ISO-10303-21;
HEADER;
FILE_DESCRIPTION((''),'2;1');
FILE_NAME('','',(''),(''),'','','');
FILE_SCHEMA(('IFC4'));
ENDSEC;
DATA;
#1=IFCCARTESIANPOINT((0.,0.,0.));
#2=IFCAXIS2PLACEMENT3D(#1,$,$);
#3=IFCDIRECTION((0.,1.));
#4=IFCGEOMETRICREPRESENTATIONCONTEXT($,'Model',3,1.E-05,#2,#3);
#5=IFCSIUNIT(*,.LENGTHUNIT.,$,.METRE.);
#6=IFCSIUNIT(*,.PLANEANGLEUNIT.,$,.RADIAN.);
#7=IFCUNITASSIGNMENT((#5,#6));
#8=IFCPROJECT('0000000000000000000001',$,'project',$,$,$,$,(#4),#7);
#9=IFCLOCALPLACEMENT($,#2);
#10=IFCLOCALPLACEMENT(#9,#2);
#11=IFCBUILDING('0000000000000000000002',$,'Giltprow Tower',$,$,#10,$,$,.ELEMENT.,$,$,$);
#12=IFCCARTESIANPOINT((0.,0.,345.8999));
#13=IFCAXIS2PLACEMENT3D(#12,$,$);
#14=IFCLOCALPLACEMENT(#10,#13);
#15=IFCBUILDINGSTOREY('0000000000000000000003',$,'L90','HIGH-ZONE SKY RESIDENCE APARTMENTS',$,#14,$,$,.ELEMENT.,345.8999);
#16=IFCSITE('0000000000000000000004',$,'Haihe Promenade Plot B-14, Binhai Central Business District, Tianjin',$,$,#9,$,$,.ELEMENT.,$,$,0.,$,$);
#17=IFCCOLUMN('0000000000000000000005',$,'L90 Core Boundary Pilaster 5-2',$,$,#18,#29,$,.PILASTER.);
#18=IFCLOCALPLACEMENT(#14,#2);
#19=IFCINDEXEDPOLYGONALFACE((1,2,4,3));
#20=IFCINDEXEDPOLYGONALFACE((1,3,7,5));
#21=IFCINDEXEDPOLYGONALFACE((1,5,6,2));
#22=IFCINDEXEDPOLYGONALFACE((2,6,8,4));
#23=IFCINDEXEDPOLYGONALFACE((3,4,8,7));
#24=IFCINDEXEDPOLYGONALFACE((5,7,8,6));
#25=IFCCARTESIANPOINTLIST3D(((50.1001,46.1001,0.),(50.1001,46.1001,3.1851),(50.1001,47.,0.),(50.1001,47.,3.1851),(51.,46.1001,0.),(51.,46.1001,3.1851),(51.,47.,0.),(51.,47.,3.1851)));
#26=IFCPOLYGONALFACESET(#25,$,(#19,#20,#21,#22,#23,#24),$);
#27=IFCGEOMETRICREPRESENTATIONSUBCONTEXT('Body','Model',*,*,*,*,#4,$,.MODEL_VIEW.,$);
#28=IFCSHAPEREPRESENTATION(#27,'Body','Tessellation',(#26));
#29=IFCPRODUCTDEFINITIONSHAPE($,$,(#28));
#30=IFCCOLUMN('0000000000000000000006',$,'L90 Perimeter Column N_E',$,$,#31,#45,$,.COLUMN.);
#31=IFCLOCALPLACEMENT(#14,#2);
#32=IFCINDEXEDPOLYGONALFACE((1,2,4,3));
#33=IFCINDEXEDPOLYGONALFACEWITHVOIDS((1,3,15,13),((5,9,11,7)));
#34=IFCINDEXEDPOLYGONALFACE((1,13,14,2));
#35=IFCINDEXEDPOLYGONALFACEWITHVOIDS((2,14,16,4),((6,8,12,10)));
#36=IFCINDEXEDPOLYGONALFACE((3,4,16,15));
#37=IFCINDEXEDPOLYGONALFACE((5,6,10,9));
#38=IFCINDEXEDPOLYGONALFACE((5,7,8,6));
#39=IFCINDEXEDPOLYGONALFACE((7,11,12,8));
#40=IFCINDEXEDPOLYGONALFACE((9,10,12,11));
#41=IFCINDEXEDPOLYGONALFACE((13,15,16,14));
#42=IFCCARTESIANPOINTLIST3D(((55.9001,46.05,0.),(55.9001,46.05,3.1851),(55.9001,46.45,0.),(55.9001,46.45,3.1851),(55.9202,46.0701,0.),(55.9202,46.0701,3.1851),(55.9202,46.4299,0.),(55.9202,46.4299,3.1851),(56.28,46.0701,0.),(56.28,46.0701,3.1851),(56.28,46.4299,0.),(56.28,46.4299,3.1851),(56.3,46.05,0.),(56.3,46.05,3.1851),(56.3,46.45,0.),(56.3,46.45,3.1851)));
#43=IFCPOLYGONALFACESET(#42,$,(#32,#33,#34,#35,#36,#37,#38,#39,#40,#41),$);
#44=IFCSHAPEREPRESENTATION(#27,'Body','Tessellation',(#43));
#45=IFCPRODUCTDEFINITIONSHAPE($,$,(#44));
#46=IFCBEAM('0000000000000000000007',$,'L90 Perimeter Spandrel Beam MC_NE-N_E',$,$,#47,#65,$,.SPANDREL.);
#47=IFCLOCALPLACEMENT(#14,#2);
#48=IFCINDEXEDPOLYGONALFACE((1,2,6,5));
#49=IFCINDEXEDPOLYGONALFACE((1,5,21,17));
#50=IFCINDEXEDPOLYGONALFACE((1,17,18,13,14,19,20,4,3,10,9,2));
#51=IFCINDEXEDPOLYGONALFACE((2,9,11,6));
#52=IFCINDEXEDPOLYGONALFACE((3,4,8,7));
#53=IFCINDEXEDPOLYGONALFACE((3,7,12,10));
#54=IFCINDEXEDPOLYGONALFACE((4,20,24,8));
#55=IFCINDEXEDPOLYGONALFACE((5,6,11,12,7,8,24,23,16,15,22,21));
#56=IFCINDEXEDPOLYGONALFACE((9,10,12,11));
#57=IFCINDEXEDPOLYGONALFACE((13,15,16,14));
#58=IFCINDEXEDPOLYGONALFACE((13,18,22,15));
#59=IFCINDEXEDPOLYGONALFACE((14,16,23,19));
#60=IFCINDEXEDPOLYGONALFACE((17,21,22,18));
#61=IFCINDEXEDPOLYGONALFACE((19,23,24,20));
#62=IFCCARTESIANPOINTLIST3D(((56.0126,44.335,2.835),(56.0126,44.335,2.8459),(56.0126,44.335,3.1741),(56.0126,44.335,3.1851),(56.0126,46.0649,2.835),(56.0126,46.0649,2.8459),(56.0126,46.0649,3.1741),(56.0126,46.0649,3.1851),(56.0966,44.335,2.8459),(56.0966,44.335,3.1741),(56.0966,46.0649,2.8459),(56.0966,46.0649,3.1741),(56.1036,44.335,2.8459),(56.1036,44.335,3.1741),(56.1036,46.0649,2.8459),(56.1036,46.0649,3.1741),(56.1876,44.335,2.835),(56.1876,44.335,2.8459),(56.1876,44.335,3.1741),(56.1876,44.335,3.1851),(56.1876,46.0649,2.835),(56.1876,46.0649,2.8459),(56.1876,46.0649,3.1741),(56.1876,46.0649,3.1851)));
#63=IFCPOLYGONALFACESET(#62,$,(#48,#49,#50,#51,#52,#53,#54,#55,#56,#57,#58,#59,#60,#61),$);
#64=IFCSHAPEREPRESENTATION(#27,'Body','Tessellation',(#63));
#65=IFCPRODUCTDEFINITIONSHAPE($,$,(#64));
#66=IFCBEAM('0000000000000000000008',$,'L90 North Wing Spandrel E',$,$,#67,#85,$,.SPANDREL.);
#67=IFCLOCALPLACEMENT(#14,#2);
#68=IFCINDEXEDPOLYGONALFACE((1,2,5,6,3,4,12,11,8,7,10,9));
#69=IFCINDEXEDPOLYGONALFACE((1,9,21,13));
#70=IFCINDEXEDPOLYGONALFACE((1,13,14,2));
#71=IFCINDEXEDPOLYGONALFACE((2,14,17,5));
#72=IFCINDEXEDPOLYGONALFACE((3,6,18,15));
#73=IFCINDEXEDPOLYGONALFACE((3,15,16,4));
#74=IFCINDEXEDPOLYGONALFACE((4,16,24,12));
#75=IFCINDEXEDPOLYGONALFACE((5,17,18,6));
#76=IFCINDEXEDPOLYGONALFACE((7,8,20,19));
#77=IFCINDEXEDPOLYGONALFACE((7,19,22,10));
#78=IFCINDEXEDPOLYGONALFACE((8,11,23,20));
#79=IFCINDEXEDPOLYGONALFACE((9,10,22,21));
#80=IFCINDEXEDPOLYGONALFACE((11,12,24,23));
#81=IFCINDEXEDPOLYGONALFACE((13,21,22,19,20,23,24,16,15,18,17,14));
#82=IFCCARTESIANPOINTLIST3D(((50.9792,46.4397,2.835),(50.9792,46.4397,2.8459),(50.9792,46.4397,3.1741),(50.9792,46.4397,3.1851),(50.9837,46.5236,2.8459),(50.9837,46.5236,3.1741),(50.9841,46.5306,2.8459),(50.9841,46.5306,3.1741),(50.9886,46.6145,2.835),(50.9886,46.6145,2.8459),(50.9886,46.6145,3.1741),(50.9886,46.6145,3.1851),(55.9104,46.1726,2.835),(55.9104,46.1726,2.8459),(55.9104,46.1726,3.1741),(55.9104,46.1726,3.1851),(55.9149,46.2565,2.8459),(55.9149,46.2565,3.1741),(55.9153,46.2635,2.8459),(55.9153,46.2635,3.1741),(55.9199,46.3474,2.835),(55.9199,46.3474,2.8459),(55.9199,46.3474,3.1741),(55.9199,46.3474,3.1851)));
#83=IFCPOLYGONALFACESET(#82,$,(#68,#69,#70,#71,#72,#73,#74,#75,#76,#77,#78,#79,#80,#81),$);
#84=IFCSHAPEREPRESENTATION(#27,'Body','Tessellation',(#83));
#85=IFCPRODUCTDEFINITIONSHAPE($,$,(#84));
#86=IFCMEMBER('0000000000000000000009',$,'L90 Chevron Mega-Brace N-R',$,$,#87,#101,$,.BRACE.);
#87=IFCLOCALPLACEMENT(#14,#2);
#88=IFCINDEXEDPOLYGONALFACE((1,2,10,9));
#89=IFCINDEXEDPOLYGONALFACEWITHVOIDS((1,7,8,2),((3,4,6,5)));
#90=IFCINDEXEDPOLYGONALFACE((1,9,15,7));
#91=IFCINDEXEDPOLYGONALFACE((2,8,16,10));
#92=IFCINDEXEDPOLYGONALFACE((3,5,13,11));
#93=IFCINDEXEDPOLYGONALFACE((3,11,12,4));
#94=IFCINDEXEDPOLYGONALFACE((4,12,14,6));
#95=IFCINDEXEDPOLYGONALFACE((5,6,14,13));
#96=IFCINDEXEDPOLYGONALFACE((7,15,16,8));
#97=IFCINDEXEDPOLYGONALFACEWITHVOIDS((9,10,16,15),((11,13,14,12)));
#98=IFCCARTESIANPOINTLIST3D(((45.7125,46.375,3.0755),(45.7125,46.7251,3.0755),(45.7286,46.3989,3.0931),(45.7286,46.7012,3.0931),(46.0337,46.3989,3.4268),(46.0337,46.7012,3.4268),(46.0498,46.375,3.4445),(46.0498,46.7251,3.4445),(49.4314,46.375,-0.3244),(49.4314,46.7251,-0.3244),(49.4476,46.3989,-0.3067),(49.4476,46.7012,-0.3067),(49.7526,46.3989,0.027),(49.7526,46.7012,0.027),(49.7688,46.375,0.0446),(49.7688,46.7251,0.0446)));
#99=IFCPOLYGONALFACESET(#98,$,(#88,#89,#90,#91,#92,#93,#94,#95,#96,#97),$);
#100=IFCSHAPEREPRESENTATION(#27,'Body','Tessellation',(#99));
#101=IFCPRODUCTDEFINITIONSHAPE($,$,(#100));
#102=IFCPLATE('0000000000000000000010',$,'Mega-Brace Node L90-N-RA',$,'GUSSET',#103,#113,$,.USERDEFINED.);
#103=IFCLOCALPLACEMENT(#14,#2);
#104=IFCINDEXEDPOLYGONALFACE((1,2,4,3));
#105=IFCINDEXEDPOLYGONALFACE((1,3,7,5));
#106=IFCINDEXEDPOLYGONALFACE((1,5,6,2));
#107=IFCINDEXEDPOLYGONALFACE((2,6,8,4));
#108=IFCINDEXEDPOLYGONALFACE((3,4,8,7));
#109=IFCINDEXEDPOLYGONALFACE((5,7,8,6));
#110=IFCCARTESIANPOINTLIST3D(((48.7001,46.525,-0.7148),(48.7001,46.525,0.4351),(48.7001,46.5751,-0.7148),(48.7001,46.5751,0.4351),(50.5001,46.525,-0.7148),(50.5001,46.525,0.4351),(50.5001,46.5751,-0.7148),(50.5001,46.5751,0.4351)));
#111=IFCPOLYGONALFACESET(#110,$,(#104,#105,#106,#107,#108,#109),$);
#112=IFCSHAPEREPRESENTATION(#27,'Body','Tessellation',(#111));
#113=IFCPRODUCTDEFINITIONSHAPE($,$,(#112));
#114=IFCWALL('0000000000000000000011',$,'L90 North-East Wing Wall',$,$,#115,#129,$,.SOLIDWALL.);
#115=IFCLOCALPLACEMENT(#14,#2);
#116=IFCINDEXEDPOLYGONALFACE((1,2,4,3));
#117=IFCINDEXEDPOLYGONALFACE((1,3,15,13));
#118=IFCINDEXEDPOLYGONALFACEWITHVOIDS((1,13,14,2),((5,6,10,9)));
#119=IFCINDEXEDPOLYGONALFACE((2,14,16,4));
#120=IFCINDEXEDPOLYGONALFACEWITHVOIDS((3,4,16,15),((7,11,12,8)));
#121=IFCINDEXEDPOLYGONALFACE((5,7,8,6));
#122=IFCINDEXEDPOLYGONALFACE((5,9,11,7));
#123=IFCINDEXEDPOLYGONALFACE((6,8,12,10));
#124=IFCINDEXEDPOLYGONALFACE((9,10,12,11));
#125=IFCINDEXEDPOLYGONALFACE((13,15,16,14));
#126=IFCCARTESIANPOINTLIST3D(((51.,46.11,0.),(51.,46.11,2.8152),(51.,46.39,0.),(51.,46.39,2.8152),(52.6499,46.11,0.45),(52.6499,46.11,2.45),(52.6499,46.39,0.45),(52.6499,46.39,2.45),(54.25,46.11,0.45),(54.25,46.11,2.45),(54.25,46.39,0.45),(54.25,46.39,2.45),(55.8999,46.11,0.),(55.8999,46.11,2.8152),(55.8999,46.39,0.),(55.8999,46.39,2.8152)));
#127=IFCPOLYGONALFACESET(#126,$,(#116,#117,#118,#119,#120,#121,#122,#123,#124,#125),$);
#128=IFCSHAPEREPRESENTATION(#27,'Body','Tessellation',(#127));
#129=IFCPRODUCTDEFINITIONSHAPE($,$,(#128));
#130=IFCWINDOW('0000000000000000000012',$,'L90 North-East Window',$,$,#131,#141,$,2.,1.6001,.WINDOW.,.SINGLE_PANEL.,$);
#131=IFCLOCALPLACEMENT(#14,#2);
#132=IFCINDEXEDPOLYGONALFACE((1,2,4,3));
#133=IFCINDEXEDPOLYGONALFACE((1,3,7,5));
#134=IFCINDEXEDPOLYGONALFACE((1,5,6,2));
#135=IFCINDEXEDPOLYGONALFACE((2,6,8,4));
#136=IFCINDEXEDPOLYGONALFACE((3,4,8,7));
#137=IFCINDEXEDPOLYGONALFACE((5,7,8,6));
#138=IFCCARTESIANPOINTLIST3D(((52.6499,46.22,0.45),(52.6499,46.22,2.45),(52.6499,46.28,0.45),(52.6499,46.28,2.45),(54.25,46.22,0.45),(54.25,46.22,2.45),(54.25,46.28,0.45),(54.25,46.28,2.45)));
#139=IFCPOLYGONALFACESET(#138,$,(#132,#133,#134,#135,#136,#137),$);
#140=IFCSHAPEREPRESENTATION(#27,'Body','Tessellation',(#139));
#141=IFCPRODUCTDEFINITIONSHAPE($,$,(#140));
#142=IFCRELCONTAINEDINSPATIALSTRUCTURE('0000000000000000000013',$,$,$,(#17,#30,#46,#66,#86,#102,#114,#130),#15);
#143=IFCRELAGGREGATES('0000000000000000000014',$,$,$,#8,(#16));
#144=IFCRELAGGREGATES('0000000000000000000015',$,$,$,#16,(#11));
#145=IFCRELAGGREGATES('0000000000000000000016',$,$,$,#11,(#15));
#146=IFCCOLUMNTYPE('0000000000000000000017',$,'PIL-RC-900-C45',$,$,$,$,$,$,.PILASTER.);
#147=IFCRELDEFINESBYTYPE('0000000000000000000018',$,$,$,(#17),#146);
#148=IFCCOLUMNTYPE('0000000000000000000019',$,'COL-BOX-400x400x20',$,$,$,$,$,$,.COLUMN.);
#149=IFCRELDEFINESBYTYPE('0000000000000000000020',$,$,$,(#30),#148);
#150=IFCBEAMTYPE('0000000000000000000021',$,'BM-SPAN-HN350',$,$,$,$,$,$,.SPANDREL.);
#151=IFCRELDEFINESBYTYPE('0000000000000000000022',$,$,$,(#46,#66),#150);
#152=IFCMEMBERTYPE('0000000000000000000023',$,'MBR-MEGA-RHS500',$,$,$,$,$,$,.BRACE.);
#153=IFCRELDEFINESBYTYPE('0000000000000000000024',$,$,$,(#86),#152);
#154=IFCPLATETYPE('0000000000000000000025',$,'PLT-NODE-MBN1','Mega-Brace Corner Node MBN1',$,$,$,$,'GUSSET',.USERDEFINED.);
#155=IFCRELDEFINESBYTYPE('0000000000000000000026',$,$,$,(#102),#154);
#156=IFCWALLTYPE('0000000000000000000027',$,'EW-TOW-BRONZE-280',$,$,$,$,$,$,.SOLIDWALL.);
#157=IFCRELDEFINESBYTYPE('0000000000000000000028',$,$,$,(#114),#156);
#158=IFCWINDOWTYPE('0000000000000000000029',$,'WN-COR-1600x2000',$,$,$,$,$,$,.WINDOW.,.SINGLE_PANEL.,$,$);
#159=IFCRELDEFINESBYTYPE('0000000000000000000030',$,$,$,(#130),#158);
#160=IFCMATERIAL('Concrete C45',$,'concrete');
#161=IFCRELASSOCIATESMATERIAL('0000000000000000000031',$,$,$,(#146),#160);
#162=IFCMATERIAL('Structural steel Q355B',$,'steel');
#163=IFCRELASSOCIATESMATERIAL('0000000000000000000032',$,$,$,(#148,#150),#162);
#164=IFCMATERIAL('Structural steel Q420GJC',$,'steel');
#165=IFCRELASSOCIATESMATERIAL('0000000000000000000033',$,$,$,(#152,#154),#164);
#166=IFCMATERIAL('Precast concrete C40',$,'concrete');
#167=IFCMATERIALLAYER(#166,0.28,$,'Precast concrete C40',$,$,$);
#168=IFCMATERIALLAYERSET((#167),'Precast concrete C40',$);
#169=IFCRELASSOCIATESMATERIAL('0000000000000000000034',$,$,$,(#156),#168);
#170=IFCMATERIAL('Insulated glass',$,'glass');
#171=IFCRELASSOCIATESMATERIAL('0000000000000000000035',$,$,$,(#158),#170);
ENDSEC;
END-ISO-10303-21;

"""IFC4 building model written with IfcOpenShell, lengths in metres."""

from ifc_helpers import new_model, si_unit, direction, frame, frame_2d, origin, origin_2d, place, context, subcontext, project, spatial, rectangle, hollow_rectangle, i_section, extrude, source, transform, mapped, material, layer, layer_set, material_profile, profile_set, type_object, element, fill, save


model = new_model("IFC4")

# Units and contexts
model_context = context("Model", 3, precision=1e-05, world=origin(), true_north=direction((0.0, 1.0)))
body_context = subcontext(model_context, "Body", "Model", "MODEL_VIEW")
ifc_project = project(units=[si_unit("LENGTHUNIT", "METRE"), si_unit("PLANEANGLEUNIT", "RADIAN")], contexts=[model_context])

# Site, building, storey
site_placement = place(None, origin())
site = spatial("IfcSite", under=ifc_project, at=site_placement, Name="Haihe Promenade Plot B-14, Binhai Central Business District, Tianjin", CompositionType="ELEMENT", RefElevation=0.0)
building_placement = place(site_placement, origin())
building = spatial("IfcBuilding", under=site, at=building_placement, Name="Giltprow Tower", CompositionType="ELEMENT")
storey_placement = place(building_placement, frame((0.0, 0.0, 345.8999)))
storey = spatial("IfcBuildingStorey", under=building, at=storey_placement, Name="L90", Description="HIGH-ZONE SKY RESIDENCE APARTMENTS", CompositionType="ELEMENT", Elevation=345.8999)

# Columns
ifc_material_1 = material(Name="Concrete C45", Category="concrete")
ifc_material_profile_1 = material_profile(ifc_material_1, rectangle(XDim=0.8999, YDim=0.8999, at=origin_2d()), Name="RC 900x900")
ifc_profile_set_1 = profile_set([ifc_material_profile_1], Name="Concrete C45")
column_type_1 = type_object("IfcColumnType", Name="PIL-RC-900-C45", PredefinedType="PILASTER", material=ifc_profile_set_1)
shared_shape_1 = source(origin(), body_context, "Body", "SweptSolid", [
    extrude(rectangle(XDim=0.8999, YDim=0.8999, at=origin_2d()), origin(), (0.0, 0.0, 1.0), 3.1851),
])
column_1_placement = place(storey_placement, frame((50.55, 46.55, 0.0), z_axis=(0.0, 0.0, 1.0), x_axis=(1.0, 0.0, 0.0)))
element("IfcColumn", 1, at=column_1_placement, inside=storey, type_object=column_type_1, Name="L90 Core Boundary Pilaster 5-2", PredefinedType="PILASTER", context=body_context, shape_type="MappedRepresentation", body=[
    mapped(shared_shape_1, transform((0.0, 0.0, 0.0), x_axis=(1.0, 0.0, 0.0), y_axis=(0.0, 1.0, 0.0), z_axis=(0.0, 0.0, 1.0), scale=1.0)),
])
ifc_material_2 = material(Name="Structural steel Q355B", Category="steel")
ifc_material_profile_2 = material_profile(ifc_material_2, hollow_rectangle(XDim=0.3999, YDim=0.3999, WallThickness=0.02, at=origin_2d()), Name="BOX 400x400x20")
ifc_profile_set_2 = profile_set([ifc_material_profile_2], Name="Structural steel Q355B")
column_type_2 = type_object("IfcColumnType", Name="COL-BOX-400x400x20", PredefinedType="COLUMN", material=ifc_profile_set_2)
shared_shape_2 = source(origin(), body_context, "Body", "SweptSolid", [
    extrude(hollow_rectangle(XDim=0.3999, YDim=0.3999, WallThickness=0.02, at=origin_2d()), origin(), (0.0, 0.0, 1.0), 3.1851),
])
column_2_placement = place(storey_placement, frame((56.1001, 46.25, 0.0), z_axis=(0.0, 0.0, 1.0), x_axis=(1.0, 0.0, 0.0)))
element("IfcColumn", 2, at=column_2_placement, inside=storey, type_object=column_type_2, Name="L90 Perimeter Column N_E", PredefinedType="COLUMN", context=body_context, shape_type="MappedRepresentation", body=[
    mapped(shared_shape_2, transform((0.0, 0.0, 0.0), x_axis=(1.0, 0.0, 0.0), y_axis=(0.0, 1.0, 0.0), z_axis=(0.0, 0.0, 1.0), scale=1.0)),
])

# Beams
ifc_material_profile_3 = material_profile(ifc_material_2, i_section(OverallWidth=0.175, OverallDepth=0.3501, WebThickness=0.0071, FlangeThickness=0.011, at=origin_2d()), Name="HN 350x175x7x11")
ifc_profile_set_3 = profile_set([ifc_material_profile_3], Name="Structural steel Q355B")
beam_type = type_object("IfcBeamType", Name="BM-SPAN-HN350", PredefinedType="SPANDREL", material=ifc_profile_set_3)
shared_shape_3 = source(origin(), body_context, "Body", "SweptSolid", [
    extrude(i_section(OverallWidth=0.175, OverallDepth=0.3501, WebThickness=0.0071, FlangeThickness=0.011, at=origin_2d()), origin(), (0.0, 0.0, 1.0), 1.73),
])
beam_1_placement = place(storey_placement, frame((56.1001, 44.335, 3.01), z_axis=(0.0, 1.0, 0.0), x_axis=(-1.0, 0.0, 0.0)))
element("IfcBeam", 3, at=beam_1_placement, inside=storey, type_object=beam_type, Name="L90 Perimeter Spandrel Beam MC_NE-N_E", PredefinedType="SPANDREL", context=body_context, shape_type="MappedRepresentation", body=[
    mapped(shared_shape_3, transform((0.0, 0.0, 0.0), x_axis=(1.0, 0.0, 0.0), y_axis=(0.0, 1.0, 0.0), z_axis=(0.0, 0.0, 1.0), scale=1.0)),
])
shared_shape_4 = source(origin(), body_context, "Body", "SweptSolid", [
    extrude(i_section(OverallWidth=0.175, OverallDepth=0.3501, WebThickness=0.0071, FlangeThickness=0.011, at=origin_2d()), origin(), (0.0, 0.0, 1.0), 4.9385),
])
beam_2_placement = place(storey_placement, frame((50.9839, 46.5271, 3.01), z_axis=(0.998536, -0.054085, 0.0), x_axis=(0.054085, 0.998536, 0.0)))
element("IfcBeam", 4, at=beam_2_placement, inside=storey, type_object=beam_type, Name="L90 North Wing Spandrel E", PredefinedType="SPANDREL", context=body_context, shape_type="MappedRepresentation", body=[
    mapped(shared_shape_4, transform((0.0, 0.0, 0.0), x_axis=(1.0, 0.0, 0.0), y_axis=(0.0, 1.0, 0.0), z_axis=(0.0, 0.0, 1.0), scale=1.0)),
])

# Member
ifc_material_3 = material(Name="Structural steel Q420GJC", Category="steel")
ifc_material_profile_4 = material_profile(ifc_material_3, hollow_rectangle(XDim=0.3501, YDim=0.5, WallThickness=0.0239, at=origin_2d()), Name="RHS 500x350x24")
ifc_profile_set_4 = profile_set([ifc_material_profile_4], Name="Structural steel Q420GJC")
member_type = type_object("IfcMemberType", Name="MBR-MEGA-RHS500", PredefinedType="BRACE", material=ifc_profile_set_4)
shared_shape_5 = source(origin(), body_context, "Body", "SweptSolid", [
    extrude(hollow_rectangle(XDim=0.3501, YDim=0.5, WallThickness=0.0239, at=origin_2d()), origin(), (0.0, 0.0, 1.0), 5.0388),
])
member_placement = place(storey_placement, frame((49.6001, 46.55, -0.1399), z_axis=(-0.738061, 0.0, 0.674735), x_axis=(0.0, -1.0, 0.0)))
element("IfcMember", 5, at=member_placement, inside=storey, type_object=member_type, Name="L90 Chevron Mega-Brace N-R", PredefinedType="BRACE", context=body_context, shape_type="MappedRepresentation", body=[
    mapped(shared_shape_5, transform((0.0, 0.0, 0.0), x_axis=(1.0, 0.0, 0.0), y_axis=(0.0, 1.0, 0.0), z_axis=(0.0, 0.0, 1.0), scale=1.0)),
])

# Plate
plate_type = type_object("IfcPlateType", Name="PLT-NODE-MBN1", Description="Mega-Brace Corner Node MBN1", ElementType="GUSSET", PredefinedType="USERDEFINED", material=ifc_material_3)
shared_shape_6 = source(origin(), body_context, "Body", "SweptSolid", [
    extrude(rectangle(XDim=1.8, YDim=0.05, at=origin_2d()), origin(), (0.0, 0.0, 1.0), 1.1499),
])
plate_placement = place(storey_placement, frame((49.6001, 46.55, -0.7148), z_axis=(0.0, 0.0, 1.0), x_axis=(1.0, 0.0, 0.0)))
element("IfcPlate", 6, at=plate_placement, inside=storey, type_object=plate_type, Name="Mega-Brace Node L90-N-RA", ObjectType="GUSSET", PredefinedType="USERDEFINED", context=body_context, shape_type="MappedRepresentation", body=[
    mapped(shared_shape_6, transform((0.0, 0.0, 0.0), x_axis=(1.0, 0.0, 0.0), y_axis=(0.0, 1.0, 0.0), z_axis=(0.0, 0.0, 1.0), scale=1.0)),
])

# Wall, opening, window
ifc_material_4 = material(Name="Precast concrete C40", Category="concrete")
ifc_layer = layer(ifc_material_4, 0.28, Name="Precast concrete C40")
ifc_layer_set = layer_set([ifc_layer], Name="Precast concrete C40")
wall_type = type_object("IfcWallType", Name="EW-TOW-BRONZE-280", PredefinedType="SOLIDWALL", material=ifc_layer_set)
wall_placement = place(storey_placement, frame((51.0, 46.25, 0.0), z_axis=(0.0, 0.0, 1.0), x_axis=(1.0, 0.0, 0.0)))
wall = element("IfcWall", 7, at=wall_placement, inside=storey, type_object=wall_type, Name="L90 North-East Wing Wall", PredefinedType="SOLIDWALL", context=body_context, shape_type="SweptSolid", body=[
    extrude(rectangle(XDim=4.8999, YDim=0.28, at=frame_2d((2.45, 0.0))), origin(), (0.0, 0.0, 1.0), 2.8152),
])
opening_placement = place(wall_placement, frame((1.6499, 0.0, 0.45)))
opening = element("IfcOpeningElement", 8, at=opening_placement, cuts=wall, PredefinedType="OPENING", context=body_context, shape_type="SweptSolid", body=[
    extrude(rectangle(XDim=1.6001, YDim=2.0, at=frame_2d((0.8, 1.0))), frame((0.0, 0.1499, 0.0), z_axis=(0.0, -1.0, 0.0), x_axis=(1.0, 0.0, 0.0)), (0.0, 0.0, 1.0), 0.3),
])
ifc_material_5 = material(Name="Insulated glass", Category="glass")
window_type = type_object("IfcWindowType", Name="WN-COR-1600x2000", PartitioningType="SINGLE_PANEL", PredefinedType="WINDOW", material=ifc_material_5)
shared_shape_7 = source(origin(), body_context, "Body", "SweptSolid", [
    extrude(rectangle(XDim=1.6001, YDim=2.0, at=frame_2d((0.8, 1.0))), frame((0.0, 0.03, 0.0), z_axis=(0.0, -1.0, 0.0), x_axis=(1.0, 0.0, 0.0)), (0.0, 0.0, 1.0), 0.0601),
])
window_placement = place(opening_placement, origin())
window = element("IfcWindow", 9, at=window_placement, inside=storey, type_object=window_type, Name="L90 North-East Window", OverallHeight=2.0, OverallWidth=1.6001, PartitioningType="SINGLE_PANEL", PredefinedType="WINDOW", context=body_context, shape_type="MappedRepresentation", body=[
    mapped(shared_shape_7, transform((0.0, 0.0, 0.0), x_axis=(1.0, 0.0, 0.0), y_axis=(0.0, 1.0, 0.0), z_axis=(0.0, 0.0, 1.0), scale=1.0)),
])
fill(opening, window)

save(model, "model.ifc")
